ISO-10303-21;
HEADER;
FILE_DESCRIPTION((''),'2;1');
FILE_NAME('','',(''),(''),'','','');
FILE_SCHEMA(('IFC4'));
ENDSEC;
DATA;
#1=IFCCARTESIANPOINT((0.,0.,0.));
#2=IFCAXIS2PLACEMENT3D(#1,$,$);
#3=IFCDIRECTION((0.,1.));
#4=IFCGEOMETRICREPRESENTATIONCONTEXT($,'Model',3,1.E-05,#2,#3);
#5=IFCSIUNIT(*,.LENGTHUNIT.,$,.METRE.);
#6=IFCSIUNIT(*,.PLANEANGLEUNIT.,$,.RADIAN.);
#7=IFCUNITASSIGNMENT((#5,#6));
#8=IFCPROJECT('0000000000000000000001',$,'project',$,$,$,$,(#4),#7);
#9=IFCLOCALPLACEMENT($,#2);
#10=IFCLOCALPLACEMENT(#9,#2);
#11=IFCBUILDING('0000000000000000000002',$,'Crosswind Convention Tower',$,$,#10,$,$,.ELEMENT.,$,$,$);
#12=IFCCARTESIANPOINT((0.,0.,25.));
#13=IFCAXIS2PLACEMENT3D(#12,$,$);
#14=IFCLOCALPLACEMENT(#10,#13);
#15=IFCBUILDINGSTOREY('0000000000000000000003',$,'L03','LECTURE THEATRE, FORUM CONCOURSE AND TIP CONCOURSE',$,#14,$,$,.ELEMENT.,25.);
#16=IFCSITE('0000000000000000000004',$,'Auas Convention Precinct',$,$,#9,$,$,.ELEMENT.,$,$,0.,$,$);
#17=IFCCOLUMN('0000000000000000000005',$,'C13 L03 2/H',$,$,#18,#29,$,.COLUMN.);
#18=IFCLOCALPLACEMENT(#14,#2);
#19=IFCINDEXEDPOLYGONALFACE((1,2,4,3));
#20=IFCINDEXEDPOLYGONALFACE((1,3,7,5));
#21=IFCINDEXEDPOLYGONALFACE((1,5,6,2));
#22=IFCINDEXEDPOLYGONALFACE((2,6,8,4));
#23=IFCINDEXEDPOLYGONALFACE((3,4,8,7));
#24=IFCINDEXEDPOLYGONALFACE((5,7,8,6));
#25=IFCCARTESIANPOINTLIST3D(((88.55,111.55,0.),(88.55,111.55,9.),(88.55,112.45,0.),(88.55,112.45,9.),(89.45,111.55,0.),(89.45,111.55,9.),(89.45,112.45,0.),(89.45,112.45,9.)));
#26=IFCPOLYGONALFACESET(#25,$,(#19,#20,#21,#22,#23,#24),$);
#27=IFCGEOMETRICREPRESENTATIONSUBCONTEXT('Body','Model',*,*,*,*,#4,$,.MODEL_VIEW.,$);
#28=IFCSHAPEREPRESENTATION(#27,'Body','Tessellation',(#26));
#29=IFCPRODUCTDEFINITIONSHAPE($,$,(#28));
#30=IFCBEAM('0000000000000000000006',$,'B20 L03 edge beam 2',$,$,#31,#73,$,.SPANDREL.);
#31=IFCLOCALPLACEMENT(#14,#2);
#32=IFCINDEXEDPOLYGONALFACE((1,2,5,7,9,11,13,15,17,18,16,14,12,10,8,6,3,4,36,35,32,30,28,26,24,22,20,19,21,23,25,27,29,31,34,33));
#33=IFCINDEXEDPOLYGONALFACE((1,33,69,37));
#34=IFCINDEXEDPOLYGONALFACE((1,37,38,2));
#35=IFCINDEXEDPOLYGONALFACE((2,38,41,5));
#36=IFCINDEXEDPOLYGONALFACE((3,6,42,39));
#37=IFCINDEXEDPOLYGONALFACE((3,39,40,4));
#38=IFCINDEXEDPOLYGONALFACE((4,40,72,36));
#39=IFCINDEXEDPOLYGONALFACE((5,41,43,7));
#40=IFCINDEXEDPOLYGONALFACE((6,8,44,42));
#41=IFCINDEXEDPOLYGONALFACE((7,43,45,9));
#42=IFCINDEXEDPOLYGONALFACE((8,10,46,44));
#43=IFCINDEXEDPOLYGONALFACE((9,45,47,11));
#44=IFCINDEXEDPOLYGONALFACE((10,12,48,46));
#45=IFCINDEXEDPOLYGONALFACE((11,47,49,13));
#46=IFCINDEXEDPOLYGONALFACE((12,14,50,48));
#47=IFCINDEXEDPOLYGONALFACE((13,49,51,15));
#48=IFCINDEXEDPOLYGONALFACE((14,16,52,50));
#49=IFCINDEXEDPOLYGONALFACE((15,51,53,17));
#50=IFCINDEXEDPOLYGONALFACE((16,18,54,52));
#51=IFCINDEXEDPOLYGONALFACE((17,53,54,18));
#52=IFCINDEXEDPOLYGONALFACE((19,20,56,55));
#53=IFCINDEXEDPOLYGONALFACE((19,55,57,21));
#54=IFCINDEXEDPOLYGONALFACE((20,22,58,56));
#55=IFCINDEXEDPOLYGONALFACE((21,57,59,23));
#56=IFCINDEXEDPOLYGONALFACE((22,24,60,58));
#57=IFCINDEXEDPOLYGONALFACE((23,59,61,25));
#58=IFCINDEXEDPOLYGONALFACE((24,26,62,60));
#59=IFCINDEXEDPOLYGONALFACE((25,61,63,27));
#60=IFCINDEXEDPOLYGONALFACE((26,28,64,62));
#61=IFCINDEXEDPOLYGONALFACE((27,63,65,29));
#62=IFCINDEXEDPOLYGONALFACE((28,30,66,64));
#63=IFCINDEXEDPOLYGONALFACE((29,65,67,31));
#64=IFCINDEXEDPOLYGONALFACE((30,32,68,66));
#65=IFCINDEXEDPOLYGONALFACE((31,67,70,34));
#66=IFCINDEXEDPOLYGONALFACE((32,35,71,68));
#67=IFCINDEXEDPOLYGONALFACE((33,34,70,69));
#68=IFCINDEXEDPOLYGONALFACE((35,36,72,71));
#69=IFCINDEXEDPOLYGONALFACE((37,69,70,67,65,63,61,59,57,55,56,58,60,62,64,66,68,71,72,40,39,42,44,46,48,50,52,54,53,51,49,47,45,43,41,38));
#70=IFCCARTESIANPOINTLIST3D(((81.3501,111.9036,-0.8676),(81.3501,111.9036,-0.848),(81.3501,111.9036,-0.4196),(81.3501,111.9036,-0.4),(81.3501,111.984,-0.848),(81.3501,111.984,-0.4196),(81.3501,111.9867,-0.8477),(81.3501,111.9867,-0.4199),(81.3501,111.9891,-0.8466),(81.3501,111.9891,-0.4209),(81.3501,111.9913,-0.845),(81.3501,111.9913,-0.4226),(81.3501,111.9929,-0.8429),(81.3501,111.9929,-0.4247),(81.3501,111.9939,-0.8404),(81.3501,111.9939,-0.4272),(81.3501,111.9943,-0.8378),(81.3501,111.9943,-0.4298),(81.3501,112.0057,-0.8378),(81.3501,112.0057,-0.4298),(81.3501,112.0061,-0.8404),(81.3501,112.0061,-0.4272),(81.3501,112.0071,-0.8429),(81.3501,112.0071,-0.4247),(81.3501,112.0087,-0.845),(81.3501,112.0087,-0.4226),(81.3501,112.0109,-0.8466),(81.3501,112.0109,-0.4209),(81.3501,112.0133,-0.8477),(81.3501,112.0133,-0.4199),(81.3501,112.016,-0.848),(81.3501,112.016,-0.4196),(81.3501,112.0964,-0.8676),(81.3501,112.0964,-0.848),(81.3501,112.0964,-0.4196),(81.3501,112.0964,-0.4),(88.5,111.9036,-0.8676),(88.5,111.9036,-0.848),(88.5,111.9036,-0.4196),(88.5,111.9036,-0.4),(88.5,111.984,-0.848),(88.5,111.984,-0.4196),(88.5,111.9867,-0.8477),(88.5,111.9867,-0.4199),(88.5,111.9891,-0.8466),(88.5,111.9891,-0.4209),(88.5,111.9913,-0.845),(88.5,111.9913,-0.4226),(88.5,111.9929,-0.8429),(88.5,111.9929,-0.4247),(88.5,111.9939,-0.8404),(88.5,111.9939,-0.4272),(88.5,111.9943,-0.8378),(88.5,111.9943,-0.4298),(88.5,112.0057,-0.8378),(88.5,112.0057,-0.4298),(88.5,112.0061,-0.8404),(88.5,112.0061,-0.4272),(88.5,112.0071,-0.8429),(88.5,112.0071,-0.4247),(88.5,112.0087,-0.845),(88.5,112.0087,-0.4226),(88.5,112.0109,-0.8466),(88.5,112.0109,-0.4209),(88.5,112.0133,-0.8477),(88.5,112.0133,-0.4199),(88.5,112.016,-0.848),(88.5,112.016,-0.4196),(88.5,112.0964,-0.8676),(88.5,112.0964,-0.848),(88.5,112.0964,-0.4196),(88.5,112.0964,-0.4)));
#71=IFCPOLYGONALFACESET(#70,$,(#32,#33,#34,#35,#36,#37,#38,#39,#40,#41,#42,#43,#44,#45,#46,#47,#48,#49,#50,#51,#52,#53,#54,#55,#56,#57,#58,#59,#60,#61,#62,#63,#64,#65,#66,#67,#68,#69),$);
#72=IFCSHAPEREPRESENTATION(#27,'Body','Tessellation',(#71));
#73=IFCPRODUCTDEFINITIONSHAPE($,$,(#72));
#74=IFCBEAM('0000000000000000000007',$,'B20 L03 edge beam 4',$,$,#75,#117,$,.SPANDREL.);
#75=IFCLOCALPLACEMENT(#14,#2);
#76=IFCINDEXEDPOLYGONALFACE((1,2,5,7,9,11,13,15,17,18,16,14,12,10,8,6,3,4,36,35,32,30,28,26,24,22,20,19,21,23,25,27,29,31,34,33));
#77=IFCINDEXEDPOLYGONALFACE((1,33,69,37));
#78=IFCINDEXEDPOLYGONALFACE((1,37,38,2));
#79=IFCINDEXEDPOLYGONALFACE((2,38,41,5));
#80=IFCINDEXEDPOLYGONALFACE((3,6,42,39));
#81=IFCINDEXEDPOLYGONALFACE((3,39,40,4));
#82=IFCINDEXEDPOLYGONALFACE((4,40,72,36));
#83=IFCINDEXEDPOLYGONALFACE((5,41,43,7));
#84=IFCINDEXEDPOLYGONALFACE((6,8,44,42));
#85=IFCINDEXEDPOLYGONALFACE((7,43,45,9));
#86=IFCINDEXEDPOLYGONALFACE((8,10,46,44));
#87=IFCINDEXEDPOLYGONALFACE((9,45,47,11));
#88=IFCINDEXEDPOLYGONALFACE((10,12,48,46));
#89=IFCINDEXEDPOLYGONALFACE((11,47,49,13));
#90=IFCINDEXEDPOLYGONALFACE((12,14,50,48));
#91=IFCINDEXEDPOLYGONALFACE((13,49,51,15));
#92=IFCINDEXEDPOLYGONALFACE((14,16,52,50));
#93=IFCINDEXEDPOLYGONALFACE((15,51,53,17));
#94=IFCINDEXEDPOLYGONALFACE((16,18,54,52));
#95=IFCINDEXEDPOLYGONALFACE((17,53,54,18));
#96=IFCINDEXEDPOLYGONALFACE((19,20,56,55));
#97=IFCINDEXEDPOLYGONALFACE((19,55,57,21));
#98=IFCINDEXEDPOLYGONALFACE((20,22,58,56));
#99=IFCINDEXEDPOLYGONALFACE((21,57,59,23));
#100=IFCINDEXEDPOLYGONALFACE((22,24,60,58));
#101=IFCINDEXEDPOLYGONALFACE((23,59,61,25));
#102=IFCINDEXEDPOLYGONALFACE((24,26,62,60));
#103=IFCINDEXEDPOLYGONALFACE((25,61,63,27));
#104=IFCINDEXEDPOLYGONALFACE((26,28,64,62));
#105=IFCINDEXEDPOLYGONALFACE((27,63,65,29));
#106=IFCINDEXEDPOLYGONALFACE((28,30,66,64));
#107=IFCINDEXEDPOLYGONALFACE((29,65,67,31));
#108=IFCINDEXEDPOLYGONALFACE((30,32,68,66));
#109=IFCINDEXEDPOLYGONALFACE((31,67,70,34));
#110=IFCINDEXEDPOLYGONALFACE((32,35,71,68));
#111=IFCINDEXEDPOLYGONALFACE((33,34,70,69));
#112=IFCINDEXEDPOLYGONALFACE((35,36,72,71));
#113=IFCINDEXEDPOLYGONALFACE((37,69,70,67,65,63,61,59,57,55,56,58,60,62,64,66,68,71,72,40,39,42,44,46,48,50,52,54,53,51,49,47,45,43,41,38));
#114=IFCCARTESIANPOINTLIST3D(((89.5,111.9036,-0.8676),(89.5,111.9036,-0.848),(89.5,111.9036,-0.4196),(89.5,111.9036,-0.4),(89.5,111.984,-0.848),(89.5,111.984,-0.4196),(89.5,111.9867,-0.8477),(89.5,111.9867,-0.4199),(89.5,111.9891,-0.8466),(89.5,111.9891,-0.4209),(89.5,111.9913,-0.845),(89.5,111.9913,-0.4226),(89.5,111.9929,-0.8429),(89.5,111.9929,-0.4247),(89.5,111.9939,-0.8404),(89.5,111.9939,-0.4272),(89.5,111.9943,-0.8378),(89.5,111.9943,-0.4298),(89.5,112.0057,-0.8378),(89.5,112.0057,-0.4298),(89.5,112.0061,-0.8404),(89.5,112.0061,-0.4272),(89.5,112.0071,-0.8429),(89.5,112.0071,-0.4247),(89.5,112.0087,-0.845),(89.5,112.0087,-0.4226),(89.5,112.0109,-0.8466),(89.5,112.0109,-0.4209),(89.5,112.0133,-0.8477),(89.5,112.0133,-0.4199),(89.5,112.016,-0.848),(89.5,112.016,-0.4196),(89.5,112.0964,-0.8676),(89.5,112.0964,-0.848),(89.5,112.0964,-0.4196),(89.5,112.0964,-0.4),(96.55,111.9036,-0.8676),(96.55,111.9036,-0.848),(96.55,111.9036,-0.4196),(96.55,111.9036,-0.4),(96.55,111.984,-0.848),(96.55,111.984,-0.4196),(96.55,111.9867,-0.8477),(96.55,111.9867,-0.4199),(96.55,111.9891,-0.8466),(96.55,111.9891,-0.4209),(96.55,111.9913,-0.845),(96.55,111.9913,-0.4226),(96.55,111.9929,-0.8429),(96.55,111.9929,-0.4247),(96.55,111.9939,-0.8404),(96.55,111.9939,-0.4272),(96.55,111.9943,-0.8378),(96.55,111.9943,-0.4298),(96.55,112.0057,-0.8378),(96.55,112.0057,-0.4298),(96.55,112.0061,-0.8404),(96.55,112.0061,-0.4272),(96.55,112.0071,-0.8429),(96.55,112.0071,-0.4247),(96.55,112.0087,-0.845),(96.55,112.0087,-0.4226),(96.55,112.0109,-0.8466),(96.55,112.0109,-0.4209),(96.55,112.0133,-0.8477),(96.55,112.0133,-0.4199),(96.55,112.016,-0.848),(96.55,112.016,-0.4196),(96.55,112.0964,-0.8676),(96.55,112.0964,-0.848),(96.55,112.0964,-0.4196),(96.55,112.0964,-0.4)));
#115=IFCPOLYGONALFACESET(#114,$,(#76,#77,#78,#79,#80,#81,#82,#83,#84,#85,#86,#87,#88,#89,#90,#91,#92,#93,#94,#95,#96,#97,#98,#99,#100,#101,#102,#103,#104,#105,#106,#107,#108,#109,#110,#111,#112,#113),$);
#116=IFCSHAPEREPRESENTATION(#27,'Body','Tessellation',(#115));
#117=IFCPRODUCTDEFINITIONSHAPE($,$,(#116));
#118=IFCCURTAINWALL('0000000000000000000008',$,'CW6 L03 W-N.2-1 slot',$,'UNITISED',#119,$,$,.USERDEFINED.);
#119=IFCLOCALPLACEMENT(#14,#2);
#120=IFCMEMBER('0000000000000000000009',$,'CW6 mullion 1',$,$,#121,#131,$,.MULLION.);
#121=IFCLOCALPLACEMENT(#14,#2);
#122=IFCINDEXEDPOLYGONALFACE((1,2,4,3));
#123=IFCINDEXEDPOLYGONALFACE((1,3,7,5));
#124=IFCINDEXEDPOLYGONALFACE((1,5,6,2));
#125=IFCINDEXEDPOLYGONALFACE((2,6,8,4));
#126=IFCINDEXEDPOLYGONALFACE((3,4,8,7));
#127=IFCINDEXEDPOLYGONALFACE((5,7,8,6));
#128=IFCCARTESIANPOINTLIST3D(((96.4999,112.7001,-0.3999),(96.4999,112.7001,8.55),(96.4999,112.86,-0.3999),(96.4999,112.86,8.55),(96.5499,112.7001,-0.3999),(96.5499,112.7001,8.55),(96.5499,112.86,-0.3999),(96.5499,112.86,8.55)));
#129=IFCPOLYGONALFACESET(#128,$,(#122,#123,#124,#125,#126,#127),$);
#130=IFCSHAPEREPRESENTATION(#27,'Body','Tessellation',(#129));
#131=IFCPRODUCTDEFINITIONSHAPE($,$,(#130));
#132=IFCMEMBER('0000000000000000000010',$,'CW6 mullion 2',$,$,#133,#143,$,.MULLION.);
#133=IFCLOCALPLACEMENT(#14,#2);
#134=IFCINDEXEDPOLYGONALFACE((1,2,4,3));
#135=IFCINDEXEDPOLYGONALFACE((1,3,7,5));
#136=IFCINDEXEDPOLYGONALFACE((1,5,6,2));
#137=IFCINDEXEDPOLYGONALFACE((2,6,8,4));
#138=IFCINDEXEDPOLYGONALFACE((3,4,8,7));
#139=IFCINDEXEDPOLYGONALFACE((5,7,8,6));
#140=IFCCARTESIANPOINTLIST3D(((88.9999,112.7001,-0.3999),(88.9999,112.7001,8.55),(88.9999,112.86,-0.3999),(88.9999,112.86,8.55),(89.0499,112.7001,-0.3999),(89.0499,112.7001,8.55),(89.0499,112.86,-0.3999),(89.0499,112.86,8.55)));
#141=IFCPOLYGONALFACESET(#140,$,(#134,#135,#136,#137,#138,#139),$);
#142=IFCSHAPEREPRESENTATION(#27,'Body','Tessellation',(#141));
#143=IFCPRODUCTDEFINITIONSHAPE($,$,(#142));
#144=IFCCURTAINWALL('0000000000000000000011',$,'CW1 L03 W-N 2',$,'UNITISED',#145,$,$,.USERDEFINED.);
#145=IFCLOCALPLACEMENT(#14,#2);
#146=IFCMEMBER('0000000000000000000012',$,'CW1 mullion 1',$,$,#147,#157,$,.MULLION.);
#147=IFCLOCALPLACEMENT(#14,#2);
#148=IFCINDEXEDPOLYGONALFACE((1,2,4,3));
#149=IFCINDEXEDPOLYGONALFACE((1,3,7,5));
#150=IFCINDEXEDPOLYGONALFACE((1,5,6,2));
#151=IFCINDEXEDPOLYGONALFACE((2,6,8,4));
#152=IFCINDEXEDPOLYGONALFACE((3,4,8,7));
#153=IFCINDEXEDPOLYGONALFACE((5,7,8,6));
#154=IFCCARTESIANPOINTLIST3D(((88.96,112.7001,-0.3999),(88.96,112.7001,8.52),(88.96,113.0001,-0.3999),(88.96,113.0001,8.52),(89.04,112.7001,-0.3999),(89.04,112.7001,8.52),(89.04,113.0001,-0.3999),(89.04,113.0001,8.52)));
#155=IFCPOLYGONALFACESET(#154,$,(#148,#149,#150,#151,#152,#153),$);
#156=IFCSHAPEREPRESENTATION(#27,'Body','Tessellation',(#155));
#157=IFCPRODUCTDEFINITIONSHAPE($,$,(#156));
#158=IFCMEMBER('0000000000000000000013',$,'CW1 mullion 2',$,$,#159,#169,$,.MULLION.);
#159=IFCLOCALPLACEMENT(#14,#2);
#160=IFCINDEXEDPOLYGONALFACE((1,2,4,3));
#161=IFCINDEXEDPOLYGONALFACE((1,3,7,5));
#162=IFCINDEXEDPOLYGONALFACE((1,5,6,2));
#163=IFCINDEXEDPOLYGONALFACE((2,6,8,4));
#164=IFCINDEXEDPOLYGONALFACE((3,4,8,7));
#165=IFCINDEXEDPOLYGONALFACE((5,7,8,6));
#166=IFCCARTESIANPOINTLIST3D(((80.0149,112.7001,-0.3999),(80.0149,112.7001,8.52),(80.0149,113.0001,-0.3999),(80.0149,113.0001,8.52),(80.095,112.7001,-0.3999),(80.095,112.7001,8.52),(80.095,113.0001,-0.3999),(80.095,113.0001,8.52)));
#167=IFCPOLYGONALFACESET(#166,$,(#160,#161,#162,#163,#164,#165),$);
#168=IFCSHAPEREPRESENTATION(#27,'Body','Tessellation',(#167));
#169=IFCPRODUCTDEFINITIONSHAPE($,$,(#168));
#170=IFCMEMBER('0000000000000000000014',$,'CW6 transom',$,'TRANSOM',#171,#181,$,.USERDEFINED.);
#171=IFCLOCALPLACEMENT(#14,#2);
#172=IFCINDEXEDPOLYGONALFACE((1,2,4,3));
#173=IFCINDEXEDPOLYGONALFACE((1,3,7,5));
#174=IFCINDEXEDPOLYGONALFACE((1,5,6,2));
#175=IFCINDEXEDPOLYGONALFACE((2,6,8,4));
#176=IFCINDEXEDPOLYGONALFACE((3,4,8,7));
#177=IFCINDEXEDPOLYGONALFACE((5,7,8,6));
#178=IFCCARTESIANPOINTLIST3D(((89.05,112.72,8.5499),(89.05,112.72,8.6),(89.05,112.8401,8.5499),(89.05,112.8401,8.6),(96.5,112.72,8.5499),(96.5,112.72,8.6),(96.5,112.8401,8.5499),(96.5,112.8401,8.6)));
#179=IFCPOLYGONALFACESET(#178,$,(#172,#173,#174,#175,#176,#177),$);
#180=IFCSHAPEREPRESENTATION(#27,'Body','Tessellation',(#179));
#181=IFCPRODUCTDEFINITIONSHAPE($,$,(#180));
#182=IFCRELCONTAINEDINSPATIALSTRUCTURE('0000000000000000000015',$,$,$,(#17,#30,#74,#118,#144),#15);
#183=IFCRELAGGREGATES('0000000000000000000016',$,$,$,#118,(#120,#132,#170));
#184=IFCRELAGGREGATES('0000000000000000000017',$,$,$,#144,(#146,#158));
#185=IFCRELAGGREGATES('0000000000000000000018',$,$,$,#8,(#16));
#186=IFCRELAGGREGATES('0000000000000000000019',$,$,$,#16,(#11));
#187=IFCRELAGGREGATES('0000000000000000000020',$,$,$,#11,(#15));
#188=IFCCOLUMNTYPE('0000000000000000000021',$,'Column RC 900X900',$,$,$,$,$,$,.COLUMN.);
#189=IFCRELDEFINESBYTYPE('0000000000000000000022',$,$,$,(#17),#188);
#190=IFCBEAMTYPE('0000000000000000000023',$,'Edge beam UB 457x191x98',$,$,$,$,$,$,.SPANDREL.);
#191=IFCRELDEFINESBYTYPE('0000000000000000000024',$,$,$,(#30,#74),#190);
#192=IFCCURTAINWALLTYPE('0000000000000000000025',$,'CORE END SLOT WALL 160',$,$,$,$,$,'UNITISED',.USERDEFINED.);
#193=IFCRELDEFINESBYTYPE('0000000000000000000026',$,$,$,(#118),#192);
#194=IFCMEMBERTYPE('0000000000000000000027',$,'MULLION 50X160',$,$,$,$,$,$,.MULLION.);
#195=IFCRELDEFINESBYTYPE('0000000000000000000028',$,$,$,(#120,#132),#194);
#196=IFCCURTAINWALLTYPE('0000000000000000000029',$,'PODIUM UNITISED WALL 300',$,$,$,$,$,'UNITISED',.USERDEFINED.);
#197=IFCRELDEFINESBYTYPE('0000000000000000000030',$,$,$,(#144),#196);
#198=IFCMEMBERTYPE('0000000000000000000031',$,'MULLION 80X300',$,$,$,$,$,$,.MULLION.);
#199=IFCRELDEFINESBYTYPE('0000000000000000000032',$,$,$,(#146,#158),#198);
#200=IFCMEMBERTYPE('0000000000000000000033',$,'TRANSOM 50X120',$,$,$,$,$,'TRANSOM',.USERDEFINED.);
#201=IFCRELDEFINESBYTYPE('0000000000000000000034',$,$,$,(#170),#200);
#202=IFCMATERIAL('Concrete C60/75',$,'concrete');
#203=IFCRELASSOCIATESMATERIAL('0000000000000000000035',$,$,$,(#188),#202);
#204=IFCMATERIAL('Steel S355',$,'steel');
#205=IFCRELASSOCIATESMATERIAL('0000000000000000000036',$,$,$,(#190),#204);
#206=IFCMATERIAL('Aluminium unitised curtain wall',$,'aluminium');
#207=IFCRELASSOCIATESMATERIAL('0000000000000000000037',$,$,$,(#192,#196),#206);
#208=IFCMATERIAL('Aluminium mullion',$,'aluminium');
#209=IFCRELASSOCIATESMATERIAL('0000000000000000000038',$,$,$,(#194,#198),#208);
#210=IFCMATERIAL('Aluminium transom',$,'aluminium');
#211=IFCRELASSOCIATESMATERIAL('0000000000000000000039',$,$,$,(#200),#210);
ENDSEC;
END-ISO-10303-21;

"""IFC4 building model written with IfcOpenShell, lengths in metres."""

from ifc_helpers import new_model, si_unit, direction, frame, origin, origin_2d, place, context, subcontext, project, spatial, rectangle, i_section, extrude, material, material_profile, profile_set, type_object, element, aggregate, save


model = new_model("IFC4")

# Units and contexts
model_context = context("Model", 3, precision=1e-05, world=origin(), true_north=direction((0.0, 1.0)))
body_context = subcontext(model_context, "Body", "Model", "MODEL_VIEW")
ifc_project = project(units=[si_unit("LENGTHUNIT", "METRE"), si_unit("PLANEANGLEUNIT", "RADIAN")], contexts=[model_context])

# Site, building, storey
site_placement = place(None, origin())
site = spatial("IfcSite", under=ifc_project, at=site_placement, Name="Auas Convention Precinct", CompositionType="ELEMENT", RefElevation=0.0)
building_placement = place(site_placement, origin())
building = spatial("IfcBuilding", under=site, at=building_placement, Name="Crosswind Convention Tower", CompositionType="ELEMENT")
storey_placement = place(building_placement, frame((0.0, 0.0, 25.0)))
storey = spatial("IfcBuildingStorey", under=building, at=storey_placement, Name="L03", Description="LECTURE THEATRE, FORUM CONCOURSE AND TIP CONCOURSE", CompositionType="ELEMENT", Elevation=25.0)

# Column
ifc_material_1 = material(Name="Concrete C60/75", Category="concrete")
ifc_material_profile_1 = material_profile(ifc_material_1, rectangle(XDim=0.8999, YDim=0.8999, at=origin_2d()), Name="RC 900X900")
ifc_profile_set_1 = profile_set([ifc_material_profile_1], Name="Concrete C60/75")
column_type = type_object("IfcColumnType", Name="Column RC 900X900", PredefinedType="COLUMN", material=ifc_profile_set_1)
column_placement = place(storey_placement, frame((89.0, 112.0, 0.0), z_axis=(0.0, 0.0, 1.0), x_axis=(1.0, 0.0, 0.0)))
element("IfcColumn", 1, at=column_placement, inside=storey, type_object=column_type, Name="C13 L03 2/H", PredefinedType="COLUMN", context=body_context, shape_type="SweptSolid", body=[
    extrude(rectangle(XDim=0.8999, YDim=0.8999, at=origin_2d()), origin(), (0.0, 0.0, 1.0), 9.0),
])

# Beams
ifc_material_2 = material(Name="Steel S355", Category="steel")
ifc_material_profile_2 = material_profile(ifc_material_2, i_section(OverallWidth=0.1929, OverallDepth=0.4675, WebThickness=0.0115, FlangeThickness=0.0195, FilletRadius=0.0103, at=origin_2d()), Name="UB 457x191x98")
ifc_profile_set_2 = profile_set([ifc_material_profile_2], Name="Steel S355")
beam_type = type_object("IfcBeamType", Name="Edge beam UB 457x191x98", PredefinedType="SPANDREL", material=ifc_profile_set_2)
beam_1_placement = place(storey_placement, frame((81.3501, 112.0, -0.6338), z_axis=(1.0, 0.0, 0.0), x_axis=(0.0, 1.0, 0.0)))
element("IfcBeam", 2, at=beam_1_placement, inside=storey, type_object=beam_type, Name="B20 L03 edge beam 2", PredefinedType="SPANDREL", context=body_context, shape_type="SweptSolid", body=[
    extrude(i_section(OverallWidth=0.1929, OverallDepth=0.4675, WebThickness=0.0115, FlangeThickness=0.0195, FilletRadius=0.0103, at=origin_2d()), origin(), (0.0, 0.0, 1.0), 7.1499),
])
beam_2_placement = place(storey_placement, frame((89.5, 112.0, -0.6338), z_axis=(1.0, 0.0, 0.0), x_axis=(0.0, 1.0, 0.0)))
element("IfcBeam", 3, at=beam_2_placement, inside=storey, type_object=beam_type, Name="B20 L03 edge beam 4", PredefinedType="SPANDREL", context=body_context, shape_type="SweptSolid", body=[
    extrude(i_section(OverallWidth=0.1929, OverallDepth=0.4675, WebThickness=0.0115, FlangeThickness=0.0195, FilletRadius=0.0103, at=origin_2d()), origin(), (0.0, 0.0, 1.0), 7.05),
])

# Curtain walls, members
ifc_material_3 = material(Name="Aluminium unitised curtain wall", Category="aluminium")
curtain_wall_type_1 = type_object("IfcCurtainWallType", Name="CORE END SLOT WALL 160", ElementType="UNITISED", PredefinedType="USERDEFINED", material=ifc_material_3)
curtain_wall_1_placement = place(storey_placement, origin())
curtain_wall_1 = element("IfcCurtainWall", 4, at=curtain_wall_1_placement, inside=storey, type_object=curtain_wall_type_1, Name="CW6 L03 W-N.2-1 slot", ObjectType="UNITISED", PredefinedType="USERDEFINED")
ifc_material_4 = material(Name="Aluminium mullion", Category="aluminium")
ifc_material_profile_3 = material_profile(ifc_material_4, rectangle(XDim=0.1599, YDim=0.05, at=origin_2d()), Name="AL 160X50")
ifc_profile_set_3 = profile_set([ifc_material_profile_3], Name="Aluminium mullion")
member_type_1 = type_object("IfcMemberType", Name="MULLION 50X160", PredefinedType="MULLION", material=ifc_profile_set_3)
member_1_placement = place(storey_placement, frame((96.5249, 112.78, -0.3999), z_axis=(0.0, 0.0, 1.0), x_axis=(0.0, 1.0, 0.0)))
member_1 = element("IfcMember", 5, at=member_1_placement, type_object=member_type_1, Name="CW6 mullion 1", PredefinedType="MULLION", context=body_context, shape_type="SweptSolid", body=[
    extrude(rectangle(XDim=0.1599, YDim=0.05, at=origin_2d()), origin(), (0.0, 0.0, 1.0), 8.95),
])
member_2_placement = place(storey_placement, frame((89.0249, 112.78, -0.3999), z_axis=(0.0, 0.0, 1.0), x_axis=(0.0, 1.0, 0.0)))
member_2 = element("IfcMember", 6, at=member_2_placement, type_object=member_type_1, Name="CW6 mullion 2", PredefinedType="MULLION", context=body_context, shape_type="SweptSolid", body=[
    extrude(rectangle(XDim=0.1599, YDim=0.05, at=origin_2d()), origin(), (0.0, 0.0, 1.0), 8.95),
])
curtain_wall_type_2 = type_object("IfcCurtainWallType", Name="PODIUM UNITISED WALL 300", ElementType="UNITISED", PredefinedType="USERDEFINED", material=ifc_material_3)
curtain_wall_2_placement = place(storey_placement, origin())
curtain_wall_2 = element("IfcCurtainWall", 7, at=curtain_wall_2_placement, inside=storey, type_object=curtain_wall_type_2, Name="CW1 L03 W-N 2", ObjectType="UNITISED", PredefinedType="USERDEFINED")
ifc_material_profile_4 = material_profile(ifc_material_4, rectangle(XDim=0.3, YDim=0.0801, at=origin_2d()), Name="AL 300X80")
ifc_profile_set_4 = profile_set([ifc_material_profile_4], Name="Aluminium mullion")
member_type_2 = type_object("IfcMemberType", Name="MULLION 80X300", PredefinedType="MULLION", material=ifc_profile_set_4)
member_3_placement = place(storey_placement, frame((89.0, 112.8501, -0.3999), z_axis=(0.0, 0.0, 1.0), x_axis=(0.0, 1.0, 0.0)))
member_3 = element("IfcMember", 8, at=member_3_placement, type_object=member_type_2, Name="CW1 mullion 1", PredefinedType="MULLION", context=body_context, shape_type="SweptSolid", body=[
    extrude(rectangle(XDim=0.3, YDim=0.0801, at=origin_2d()), origin(), (0.0, 0.0, 1.0), 8.9199),
])
member_4_placement = place(storey_placement, frame((80.0549, 112.8501, -0.3999), z_axis=(0.0, 0.0, 1.0), x_axis=(0.0, 1.0, 0.0)))
member_4 = element("IfcMember", 9, at=member_4_placement, type_object=member_type_2, Name="CW1 mullion 2", PredefinedType="MULLION", context=body_context, shape_type="SweptSolid", body=[
    extrude(rectangle(XDim=0.3, YDim=0.0801, at=origin_2d()), origin(), (0.0, 0.0, 1.0), 8.9199),
])

# Member
ifc_material_5 = material(Name="Aluminium transom", Category="aluminium")
ifc_material_profile_5 = material_profile(ifc_material_5, rectangle(XDim=0.1201, YDim=0.05, at=origin_2d()), Name="AL 120X50")
ifc_profile_set_5 = profile_set([ifc_material_profile_5], Name="Aluminium transom")
member_type_3 = type_object("IfcMemberType", Name="TRANSOM 50X120", ElementType="TRANSOM", PredefinedType="USERDEFINED", material=ifc_profile_set_5)
member_5_placement = place(storey_placement, frame((96.5, 112.78, 8.575), z_axis=(-1.0, 0.0, 0.0), x_axis=(0.0, -1.0, 0.0)))
member_5 = element("IfcMember", 10, at=member_5_placement, type_object=member_type_3, Name="CW6 transom", ObjectType="TRANSOM", PredefinedType="USERDEFINED", context=body_context, shape_type="SweptSolid", body=[
    extrude(rectangle(XDim=0.1201, YDim=0.05, at=origin_2d()), origin(), (0.0, 0.0, 1.0), 7.45),
])

aggregate(curtain_wall_1, [member_1, member_2, member_5])

aggregate(curtain_wall_2, [member_3, member_4])

save(model, "model.ifc")
